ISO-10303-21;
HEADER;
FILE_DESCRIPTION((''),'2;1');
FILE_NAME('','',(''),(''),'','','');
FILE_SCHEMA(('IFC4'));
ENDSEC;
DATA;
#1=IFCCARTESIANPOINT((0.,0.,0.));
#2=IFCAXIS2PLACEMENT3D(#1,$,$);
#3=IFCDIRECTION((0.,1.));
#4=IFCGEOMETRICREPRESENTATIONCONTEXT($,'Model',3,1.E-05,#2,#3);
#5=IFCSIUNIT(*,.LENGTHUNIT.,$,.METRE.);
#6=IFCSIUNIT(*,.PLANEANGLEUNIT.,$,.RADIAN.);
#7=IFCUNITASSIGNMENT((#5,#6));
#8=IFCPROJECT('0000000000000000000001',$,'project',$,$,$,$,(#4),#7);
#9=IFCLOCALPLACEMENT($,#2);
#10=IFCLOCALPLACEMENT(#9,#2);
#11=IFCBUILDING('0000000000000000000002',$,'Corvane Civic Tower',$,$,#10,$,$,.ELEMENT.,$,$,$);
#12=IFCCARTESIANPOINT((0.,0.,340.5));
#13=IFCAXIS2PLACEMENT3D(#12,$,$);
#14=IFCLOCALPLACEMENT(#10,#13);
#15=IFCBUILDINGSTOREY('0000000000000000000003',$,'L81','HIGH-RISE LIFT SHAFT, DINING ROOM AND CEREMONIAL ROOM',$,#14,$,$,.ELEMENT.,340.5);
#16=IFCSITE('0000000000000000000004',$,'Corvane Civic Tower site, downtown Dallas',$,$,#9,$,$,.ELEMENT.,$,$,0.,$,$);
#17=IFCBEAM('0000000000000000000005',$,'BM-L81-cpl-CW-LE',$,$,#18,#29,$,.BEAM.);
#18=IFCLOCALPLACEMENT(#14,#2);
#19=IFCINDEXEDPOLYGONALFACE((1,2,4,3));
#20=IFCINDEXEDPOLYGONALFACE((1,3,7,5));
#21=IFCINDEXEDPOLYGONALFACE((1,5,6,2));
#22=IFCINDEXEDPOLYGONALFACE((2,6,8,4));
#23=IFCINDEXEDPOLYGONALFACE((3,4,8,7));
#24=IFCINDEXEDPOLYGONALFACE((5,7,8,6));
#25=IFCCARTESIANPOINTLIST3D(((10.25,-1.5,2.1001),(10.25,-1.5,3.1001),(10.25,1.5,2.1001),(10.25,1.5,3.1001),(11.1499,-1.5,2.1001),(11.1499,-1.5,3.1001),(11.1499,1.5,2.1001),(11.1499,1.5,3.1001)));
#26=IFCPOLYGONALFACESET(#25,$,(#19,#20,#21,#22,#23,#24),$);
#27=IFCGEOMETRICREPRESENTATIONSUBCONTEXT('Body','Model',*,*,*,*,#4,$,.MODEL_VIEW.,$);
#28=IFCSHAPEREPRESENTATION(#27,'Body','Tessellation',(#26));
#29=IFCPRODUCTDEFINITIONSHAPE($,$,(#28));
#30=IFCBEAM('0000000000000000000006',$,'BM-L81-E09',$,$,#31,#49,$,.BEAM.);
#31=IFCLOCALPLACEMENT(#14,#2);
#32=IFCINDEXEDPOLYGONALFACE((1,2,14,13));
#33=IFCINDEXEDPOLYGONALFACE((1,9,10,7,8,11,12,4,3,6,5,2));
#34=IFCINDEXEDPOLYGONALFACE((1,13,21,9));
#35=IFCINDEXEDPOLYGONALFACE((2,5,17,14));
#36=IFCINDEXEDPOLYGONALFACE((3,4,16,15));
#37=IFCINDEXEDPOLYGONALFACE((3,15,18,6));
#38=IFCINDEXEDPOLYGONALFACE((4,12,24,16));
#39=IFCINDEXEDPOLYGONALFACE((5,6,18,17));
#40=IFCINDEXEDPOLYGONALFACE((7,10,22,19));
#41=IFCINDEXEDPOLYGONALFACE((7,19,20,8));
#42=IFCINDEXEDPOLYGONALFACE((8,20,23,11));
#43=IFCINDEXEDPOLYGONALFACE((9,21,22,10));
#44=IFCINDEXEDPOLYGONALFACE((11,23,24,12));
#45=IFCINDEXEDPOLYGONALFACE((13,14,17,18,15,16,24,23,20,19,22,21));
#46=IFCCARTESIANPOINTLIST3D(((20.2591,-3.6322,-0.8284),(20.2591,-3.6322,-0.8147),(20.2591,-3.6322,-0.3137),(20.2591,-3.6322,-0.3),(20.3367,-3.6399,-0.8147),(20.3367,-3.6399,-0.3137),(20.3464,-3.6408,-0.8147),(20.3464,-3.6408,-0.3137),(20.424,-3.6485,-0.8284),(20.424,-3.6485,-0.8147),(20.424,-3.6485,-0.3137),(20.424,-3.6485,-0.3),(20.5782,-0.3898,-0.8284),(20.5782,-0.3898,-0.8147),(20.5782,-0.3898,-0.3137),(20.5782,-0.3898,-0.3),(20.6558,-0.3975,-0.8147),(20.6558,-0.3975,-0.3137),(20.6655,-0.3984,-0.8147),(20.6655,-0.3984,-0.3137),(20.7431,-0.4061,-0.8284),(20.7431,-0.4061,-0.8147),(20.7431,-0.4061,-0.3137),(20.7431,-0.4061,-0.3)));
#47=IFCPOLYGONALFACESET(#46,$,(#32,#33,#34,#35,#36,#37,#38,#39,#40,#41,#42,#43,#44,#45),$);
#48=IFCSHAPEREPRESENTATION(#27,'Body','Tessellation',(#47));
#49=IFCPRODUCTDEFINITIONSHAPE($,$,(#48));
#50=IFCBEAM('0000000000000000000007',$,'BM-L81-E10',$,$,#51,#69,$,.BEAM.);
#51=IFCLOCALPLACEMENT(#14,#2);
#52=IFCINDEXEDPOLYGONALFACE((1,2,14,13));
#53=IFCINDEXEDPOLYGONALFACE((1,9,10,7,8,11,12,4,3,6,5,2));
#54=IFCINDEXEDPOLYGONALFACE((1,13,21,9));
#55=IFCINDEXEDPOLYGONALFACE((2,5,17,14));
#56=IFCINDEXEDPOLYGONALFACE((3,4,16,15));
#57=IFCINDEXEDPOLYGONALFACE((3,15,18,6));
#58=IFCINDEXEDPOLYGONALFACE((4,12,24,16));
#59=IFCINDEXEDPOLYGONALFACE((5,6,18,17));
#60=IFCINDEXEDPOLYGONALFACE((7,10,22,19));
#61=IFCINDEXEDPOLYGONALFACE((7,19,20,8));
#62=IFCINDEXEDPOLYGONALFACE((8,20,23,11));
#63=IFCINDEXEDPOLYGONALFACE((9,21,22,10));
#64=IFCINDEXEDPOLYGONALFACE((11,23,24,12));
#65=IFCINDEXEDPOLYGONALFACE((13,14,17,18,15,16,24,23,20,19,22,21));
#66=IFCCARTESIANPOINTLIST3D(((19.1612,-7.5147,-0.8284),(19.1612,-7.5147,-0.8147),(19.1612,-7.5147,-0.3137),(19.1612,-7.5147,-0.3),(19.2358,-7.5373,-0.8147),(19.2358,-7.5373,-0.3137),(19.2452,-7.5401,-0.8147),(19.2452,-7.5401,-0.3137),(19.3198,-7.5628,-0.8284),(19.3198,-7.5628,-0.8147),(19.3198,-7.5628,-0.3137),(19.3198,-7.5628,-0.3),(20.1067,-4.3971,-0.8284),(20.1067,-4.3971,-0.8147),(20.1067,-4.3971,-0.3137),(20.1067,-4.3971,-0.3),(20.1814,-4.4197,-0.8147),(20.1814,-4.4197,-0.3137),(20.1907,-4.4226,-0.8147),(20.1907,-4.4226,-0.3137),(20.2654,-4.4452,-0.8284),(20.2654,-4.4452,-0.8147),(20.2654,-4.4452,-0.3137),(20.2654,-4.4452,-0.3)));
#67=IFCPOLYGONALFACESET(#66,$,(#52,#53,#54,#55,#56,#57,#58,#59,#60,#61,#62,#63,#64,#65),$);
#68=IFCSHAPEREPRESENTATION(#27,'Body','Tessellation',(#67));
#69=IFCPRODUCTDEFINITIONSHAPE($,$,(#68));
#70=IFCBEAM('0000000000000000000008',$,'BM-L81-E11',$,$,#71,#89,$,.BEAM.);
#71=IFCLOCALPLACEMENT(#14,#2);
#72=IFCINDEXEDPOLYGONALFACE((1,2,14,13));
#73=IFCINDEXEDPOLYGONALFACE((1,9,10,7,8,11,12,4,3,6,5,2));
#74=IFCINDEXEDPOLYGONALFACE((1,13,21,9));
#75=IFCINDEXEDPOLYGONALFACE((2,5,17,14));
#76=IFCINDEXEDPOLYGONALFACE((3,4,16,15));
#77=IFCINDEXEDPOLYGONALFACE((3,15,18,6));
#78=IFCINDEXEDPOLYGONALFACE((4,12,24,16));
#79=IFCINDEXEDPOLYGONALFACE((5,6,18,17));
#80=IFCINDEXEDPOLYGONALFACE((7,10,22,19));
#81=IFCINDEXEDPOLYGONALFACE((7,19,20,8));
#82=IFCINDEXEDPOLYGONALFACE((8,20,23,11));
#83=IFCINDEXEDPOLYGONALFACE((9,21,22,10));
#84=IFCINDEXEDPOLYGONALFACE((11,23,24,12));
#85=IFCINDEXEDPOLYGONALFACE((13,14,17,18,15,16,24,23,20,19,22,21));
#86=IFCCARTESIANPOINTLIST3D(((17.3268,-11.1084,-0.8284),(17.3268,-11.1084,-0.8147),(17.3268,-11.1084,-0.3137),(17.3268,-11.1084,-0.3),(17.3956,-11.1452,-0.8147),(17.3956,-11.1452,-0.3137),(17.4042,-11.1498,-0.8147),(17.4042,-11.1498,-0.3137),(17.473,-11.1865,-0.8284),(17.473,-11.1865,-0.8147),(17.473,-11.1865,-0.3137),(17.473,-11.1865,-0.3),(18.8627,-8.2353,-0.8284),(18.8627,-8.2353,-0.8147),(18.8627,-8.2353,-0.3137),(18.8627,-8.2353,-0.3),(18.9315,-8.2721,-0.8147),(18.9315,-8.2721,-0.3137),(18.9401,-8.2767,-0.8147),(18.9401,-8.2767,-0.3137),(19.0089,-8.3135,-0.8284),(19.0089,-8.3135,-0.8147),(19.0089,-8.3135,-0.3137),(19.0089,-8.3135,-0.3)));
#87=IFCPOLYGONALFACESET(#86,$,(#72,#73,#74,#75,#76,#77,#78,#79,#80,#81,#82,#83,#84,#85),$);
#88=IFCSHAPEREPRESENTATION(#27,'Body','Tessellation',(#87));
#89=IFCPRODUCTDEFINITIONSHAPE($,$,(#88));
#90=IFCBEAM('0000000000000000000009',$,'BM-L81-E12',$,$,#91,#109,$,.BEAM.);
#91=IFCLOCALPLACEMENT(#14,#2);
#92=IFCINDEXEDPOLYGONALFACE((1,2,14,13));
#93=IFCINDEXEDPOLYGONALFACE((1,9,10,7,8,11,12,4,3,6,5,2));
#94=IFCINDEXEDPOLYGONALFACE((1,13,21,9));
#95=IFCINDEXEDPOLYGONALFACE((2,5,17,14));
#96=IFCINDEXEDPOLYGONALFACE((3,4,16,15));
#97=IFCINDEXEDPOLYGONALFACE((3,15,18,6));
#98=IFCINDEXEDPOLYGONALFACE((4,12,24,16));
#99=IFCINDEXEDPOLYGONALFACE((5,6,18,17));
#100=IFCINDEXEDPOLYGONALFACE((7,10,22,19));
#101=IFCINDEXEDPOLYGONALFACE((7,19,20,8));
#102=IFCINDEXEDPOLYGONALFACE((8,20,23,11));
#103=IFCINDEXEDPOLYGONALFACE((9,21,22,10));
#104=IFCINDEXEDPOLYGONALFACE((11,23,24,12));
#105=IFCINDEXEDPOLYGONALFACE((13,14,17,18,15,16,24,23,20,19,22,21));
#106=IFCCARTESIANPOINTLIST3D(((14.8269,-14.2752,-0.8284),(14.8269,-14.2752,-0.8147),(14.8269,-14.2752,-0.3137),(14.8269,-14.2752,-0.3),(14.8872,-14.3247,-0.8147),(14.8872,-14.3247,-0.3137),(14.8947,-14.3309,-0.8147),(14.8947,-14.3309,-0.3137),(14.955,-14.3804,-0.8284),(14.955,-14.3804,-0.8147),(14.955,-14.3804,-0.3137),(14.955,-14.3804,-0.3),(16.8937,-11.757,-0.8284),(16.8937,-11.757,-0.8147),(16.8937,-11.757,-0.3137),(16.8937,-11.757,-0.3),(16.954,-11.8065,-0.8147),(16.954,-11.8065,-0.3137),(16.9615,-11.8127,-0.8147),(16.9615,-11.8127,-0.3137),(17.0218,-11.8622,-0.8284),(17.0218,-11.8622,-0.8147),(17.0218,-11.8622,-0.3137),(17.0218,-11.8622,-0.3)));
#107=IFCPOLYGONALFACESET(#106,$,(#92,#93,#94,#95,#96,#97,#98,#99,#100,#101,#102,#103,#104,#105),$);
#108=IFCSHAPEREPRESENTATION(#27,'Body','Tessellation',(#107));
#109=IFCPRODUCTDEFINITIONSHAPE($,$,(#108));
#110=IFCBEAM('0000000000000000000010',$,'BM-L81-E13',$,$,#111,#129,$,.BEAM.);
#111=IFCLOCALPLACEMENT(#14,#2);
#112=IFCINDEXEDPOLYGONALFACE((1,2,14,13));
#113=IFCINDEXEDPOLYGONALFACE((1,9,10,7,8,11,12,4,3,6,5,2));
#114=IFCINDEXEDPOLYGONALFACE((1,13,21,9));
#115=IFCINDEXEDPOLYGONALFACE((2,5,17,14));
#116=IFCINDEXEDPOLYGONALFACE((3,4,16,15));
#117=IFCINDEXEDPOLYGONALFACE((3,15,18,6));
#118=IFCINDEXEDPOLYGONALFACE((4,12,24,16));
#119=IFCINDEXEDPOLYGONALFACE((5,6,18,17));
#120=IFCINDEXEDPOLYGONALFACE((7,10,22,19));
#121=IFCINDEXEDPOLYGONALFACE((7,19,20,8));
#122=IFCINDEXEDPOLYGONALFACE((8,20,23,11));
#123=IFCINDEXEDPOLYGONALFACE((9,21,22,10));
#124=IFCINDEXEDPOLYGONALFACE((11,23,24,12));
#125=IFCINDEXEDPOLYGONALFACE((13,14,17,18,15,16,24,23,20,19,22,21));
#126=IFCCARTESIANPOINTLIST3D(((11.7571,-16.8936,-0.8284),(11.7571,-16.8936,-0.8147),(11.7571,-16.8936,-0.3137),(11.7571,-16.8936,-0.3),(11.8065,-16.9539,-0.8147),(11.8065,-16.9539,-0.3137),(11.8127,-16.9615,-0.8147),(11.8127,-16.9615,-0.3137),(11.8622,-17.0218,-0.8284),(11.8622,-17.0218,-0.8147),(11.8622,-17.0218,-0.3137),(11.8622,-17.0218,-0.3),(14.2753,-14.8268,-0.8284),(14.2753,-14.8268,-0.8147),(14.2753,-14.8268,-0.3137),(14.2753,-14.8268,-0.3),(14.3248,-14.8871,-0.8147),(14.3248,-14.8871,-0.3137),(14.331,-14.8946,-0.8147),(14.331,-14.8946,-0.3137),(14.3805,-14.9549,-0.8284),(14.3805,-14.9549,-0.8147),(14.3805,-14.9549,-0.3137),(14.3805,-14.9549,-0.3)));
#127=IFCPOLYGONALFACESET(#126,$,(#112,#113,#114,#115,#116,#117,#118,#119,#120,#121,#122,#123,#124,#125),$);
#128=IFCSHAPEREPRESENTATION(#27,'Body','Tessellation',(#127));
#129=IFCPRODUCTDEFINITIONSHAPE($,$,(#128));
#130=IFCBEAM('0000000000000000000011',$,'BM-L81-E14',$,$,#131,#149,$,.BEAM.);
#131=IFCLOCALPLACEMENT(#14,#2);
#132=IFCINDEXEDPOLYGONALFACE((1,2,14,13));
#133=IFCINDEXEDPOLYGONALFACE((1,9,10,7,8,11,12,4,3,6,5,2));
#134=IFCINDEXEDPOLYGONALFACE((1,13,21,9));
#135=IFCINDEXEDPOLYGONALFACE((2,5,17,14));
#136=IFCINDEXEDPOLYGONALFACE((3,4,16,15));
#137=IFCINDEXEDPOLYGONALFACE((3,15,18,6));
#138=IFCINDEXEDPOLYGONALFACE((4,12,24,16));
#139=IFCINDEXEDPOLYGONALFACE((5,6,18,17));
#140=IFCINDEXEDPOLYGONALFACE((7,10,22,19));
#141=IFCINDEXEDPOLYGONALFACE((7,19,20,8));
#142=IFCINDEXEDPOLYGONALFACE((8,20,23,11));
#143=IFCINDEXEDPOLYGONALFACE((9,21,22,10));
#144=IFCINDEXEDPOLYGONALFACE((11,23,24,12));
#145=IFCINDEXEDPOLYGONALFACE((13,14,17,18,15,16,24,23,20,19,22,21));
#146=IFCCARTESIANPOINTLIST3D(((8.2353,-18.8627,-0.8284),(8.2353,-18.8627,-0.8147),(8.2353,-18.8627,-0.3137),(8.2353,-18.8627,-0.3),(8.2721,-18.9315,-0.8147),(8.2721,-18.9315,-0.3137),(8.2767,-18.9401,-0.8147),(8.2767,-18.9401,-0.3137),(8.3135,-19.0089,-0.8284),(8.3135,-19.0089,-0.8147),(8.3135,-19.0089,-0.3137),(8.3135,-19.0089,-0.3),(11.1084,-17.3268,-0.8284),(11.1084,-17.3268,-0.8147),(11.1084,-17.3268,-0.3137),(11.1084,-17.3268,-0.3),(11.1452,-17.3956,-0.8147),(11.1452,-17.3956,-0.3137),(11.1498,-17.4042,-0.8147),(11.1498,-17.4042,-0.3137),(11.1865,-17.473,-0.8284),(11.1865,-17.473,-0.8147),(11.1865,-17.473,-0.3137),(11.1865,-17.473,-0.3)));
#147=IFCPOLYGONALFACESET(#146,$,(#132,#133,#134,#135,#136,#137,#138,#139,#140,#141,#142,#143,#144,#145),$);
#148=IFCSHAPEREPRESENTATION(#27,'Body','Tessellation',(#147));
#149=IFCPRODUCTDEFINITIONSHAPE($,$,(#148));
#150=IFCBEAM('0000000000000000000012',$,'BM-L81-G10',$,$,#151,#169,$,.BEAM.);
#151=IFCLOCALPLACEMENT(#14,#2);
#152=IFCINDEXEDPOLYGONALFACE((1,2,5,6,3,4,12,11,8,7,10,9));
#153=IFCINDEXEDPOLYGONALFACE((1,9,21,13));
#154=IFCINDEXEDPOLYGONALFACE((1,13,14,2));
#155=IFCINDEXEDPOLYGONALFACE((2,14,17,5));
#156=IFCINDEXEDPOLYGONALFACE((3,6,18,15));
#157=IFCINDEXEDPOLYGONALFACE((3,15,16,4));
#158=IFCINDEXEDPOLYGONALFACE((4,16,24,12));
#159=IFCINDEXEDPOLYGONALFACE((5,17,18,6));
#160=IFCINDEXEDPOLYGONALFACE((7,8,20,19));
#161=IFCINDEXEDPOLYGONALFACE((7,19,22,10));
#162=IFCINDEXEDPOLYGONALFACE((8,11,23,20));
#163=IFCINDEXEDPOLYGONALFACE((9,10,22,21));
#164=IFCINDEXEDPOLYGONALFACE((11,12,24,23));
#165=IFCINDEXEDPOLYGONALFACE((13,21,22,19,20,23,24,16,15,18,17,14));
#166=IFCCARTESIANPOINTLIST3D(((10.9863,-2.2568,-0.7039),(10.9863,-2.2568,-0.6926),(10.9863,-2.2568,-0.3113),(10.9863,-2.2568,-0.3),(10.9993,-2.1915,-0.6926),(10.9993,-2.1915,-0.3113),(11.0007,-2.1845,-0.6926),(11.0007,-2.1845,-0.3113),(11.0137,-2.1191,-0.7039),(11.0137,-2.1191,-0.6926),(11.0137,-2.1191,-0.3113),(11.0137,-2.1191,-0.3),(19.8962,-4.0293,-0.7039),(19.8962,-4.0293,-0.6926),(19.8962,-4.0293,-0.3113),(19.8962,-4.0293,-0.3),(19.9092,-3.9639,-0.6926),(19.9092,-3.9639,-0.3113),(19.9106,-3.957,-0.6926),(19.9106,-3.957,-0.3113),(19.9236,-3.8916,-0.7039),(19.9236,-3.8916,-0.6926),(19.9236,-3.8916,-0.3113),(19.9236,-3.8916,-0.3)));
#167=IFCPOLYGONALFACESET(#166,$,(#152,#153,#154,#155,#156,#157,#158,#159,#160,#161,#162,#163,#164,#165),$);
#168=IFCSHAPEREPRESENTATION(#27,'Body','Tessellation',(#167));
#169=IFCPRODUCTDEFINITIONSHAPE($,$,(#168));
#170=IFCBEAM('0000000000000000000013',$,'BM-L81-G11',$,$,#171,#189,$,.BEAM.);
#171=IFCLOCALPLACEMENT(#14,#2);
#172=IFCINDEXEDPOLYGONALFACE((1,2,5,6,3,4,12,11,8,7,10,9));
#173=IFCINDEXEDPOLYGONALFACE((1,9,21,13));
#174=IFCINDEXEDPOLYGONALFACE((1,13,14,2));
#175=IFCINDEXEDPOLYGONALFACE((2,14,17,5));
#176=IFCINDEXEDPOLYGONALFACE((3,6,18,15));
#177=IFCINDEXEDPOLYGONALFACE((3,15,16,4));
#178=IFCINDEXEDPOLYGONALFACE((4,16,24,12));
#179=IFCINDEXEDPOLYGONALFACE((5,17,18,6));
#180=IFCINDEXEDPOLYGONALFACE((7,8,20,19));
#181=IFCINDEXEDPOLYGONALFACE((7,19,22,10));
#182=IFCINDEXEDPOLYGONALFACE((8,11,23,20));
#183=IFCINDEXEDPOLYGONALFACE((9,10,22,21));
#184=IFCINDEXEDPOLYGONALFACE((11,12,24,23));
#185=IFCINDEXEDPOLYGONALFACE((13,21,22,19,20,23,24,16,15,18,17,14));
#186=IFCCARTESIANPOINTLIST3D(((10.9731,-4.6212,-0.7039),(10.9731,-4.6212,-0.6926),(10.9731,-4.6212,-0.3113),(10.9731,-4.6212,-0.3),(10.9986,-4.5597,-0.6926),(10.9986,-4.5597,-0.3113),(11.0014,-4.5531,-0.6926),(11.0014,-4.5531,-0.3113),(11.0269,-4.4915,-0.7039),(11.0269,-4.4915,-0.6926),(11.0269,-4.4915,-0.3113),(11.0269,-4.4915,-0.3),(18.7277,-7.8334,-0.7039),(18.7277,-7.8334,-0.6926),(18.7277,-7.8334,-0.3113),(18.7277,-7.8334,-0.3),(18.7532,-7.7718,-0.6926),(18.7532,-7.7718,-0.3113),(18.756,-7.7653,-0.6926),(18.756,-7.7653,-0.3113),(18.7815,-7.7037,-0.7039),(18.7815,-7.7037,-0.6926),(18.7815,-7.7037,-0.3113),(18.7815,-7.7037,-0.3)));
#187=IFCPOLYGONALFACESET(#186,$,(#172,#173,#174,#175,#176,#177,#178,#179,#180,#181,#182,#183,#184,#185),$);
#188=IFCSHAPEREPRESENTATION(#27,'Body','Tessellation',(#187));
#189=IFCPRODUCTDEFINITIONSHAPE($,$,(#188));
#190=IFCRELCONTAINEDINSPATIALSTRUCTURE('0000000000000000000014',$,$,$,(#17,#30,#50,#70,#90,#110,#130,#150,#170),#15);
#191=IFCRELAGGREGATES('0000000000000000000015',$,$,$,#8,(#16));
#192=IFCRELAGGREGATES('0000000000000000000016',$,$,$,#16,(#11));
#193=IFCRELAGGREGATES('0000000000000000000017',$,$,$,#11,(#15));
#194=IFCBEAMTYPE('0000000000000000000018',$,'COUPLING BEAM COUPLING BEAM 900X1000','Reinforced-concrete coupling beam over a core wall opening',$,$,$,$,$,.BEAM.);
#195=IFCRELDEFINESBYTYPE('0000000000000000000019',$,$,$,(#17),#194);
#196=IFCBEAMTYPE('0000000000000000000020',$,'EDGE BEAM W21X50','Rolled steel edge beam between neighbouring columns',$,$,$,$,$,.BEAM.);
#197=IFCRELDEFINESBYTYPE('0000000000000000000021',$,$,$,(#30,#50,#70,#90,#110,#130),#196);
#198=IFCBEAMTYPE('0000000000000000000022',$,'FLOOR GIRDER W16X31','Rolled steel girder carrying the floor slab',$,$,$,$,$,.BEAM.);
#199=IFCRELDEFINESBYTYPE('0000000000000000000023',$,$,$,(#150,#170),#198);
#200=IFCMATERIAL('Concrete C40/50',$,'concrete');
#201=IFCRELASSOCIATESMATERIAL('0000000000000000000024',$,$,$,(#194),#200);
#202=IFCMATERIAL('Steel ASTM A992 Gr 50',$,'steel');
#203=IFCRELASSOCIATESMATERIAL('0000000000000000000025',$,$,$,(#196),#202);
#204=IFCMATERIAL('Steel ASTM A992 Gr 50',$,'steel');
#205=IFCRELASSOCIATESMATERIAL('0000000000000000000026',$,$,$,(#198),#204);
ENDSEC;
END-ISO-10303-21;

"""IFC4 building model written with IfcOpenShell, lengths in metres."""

from ifc_helpers import new_model, si_unit, direction, frame, origin, origin_2d, place, context, subcontext, project, spatial, rectangle, i_section, extrude, material, material_profile, profile_set, type_object, element, save


model = new_model("IFC4")

# Units and contexts
model_context = context("Model", 3, precision=1e-05, world=origin(), true_north=direction((0.0, 1.0)))
body_context = subcontext(model_context, "Body", "Model", "MODEL_VIEW")
ifc_project = project(units=[si_unit("LENGTHUNIT", "METRE"), si_unit("PLANEANGLEUNIT", "RADIAN")], contexts=[model_context])

# Site, building, storey
site_placement = place(None, origin())
site = spatial("IfcSite", under=ifc_project, at=site_placement, Name="Corvane Civic Tower site, downtown Dallas", CompositionType="ELEMENT", RefElevation=0.0)
building_placement = place(site_placement, origin())
building = spatial("IfcBuilding", under=site, at=building_placement, Name="Corvane Civic Tower", CompositionType="ELEMENT")
storey_placement = place(building_placement, frame((0.0, 0.0, 340.5)))
storey = spatial("IfcBuildingStorey", under=building, at=storey_placement, Name="L81", Description="HIGH-RISE LIFT SHAFT, DINING ROOM AND CEREMONIAL ROOM", CompositionType="ELEMENT", Elevation=340.5)

# Beams
ifc_material_1 = material(Name="Concrete C40/50", Category="concrete")
ifc_material_profile_1 = material_profile(ifc_material_1, rectangle(XDim=0.8999, YDim=1.0, at=origin_2d()), Name="COUPLING BEAM 900X1000")
ifc_profile_set_1 = profile_set([ifc_material_profile_1], Name="Concrete C40/50")
beam_type_1 = type_object("IfcBeamType", Name="COUPLING BEAM COUPLING BEAM 900X1000", Description="Reinforced-concrete coupling beam over a core wall opening", PredefinedType="BEAM", material=ifc_profile_set_1)
beam_1_placement = place(storey_placement, frame((10.7, -1.5, 2.6001), z_axis=(0.0, 1.0, 0.0), x_axis=(-1.0, 0.0, 0.0)))
element("IfcBeam", 1, at=beam_1_placement, inside=storey, type_object=beam_type_1, Name="BM-L81-cpl-CW-LE", PredefinedType="BEAM", context=body_context, shape_type="SweptSolid", body=[
    extrude(rectangle(XDim=0.8999, YDim=1.0, at=origin_2d()), origin(), (0.0, 0.0, 1.0), 3.0),
])
ifc_material_2 = material(Name="Steel ASTM A992 Gr 50", Category="steel")
ifc_material_profile_2 = material_profile(ifc_material_2, i_section(OverallWidth=0.1658, OverallDepth=0.5283, WebThickness=0.0098, FlangeThickness=0.0137, at=origin_2d()), Name="W21X50")
ifc_profile_set_2 = profile_set([ifc_material_profile_2], Name="Steel ASTM A992 Gr 50")
beam_type_2 = type_object("IfcBeamType", Name="EDGE BEAM W21X50", Description="Rolled steel edge beam between neighbouring columns", PredefinedType="BEAM", material=ifc_profile_set_2)
beam_2_placement = place(storey_placement, frame((20.6606, -0.3979, -0.5642), z_axis=(-0.097938, -0.995193, 0.0), x_axis=(0.995193, -0.097938, 0.0)))
element("IfcBeam", 2, at=beam_2_placement, inside=storey, type_object=beam_type_2, Name="BM-L81-E09", PredefinedType="BEAM", context=body_context, shape_type="SweptSolid", body=[
    extrude(i_section(OverallWidth=0.1658, OverallDepth=0.5283, WebThickness=0.0098, FlangeThickness=0.0137, at=origin_2d()), origin(), (0.0, 0.0, 1.0), 3.2581),
])
for number, where, z_axis, x_axis, name in (
    (3, (20.186, -4.4211, -0.5642), (-0.290234, -0.956956, 0.0), (0.956956, -0.290234, 0.0), "BM-L81-E10"),
    (4, (18.9358, -8.2744, -0.5642), (-0.471448, -0.881894, 0.0), (0.881894, -0.471448, 0.0), "BM-L81-E11"),
    (5, (16.9578, -11.8096, -0.5642), (-0.634425, -0.772985, 0.0), (0.772985, -0.634425, 0.0), "BM-L81-E12"),
    (6, (14.3279, -14.8909, -0.5642), (-0.772985, -0.634425, 0.0), (0.634425, -0.772985, 0.0), "BM-L81-E13"),
    (7, (11.1475, -17.3999, -0.5642), (-0.881894, -0.471448, 0.0), (0.471448, -0.881894, 0.0), "BM-L81-E14"),
):
    element("IfcBeam", number, at=place(storey_placement, frame(where, z_axis=z_axis, x_axis=x_axis)), inside=storey, type_object=beam_type_2, Name=name, PredefinedType="BEAM", context=body_context, shape_type="SweptSolid", body=[
        extrude(i_section(OverallWidth=0.1658, OverallDepth=0.5283, WebThickness=0.0098, FlangeThickness=0.0137, at=origin_2d()), origin(), (0.0, 0.0, 1.0), 3.2578),
    ])
ifc_material_3 = material(Name="Steel ASTM A992 Gr 50", Category="steel")
ifc_material_profile_3 = material_profile(ifc_material_3, i_section(OverallWidth=0.1404, OverallDepth=0.4038, WebThickness=0.0071, FlangeThickness=0.0112, at=origin_2d()), Name="W16X31")
ifc_profile_set_3 = profile_set([ifc_material_profile_3], Name="Steel ASTM A992 Gr 50")
beam_type_3 = type_object("IfcBeamType", Name="FLOOR GIRDER W16X31", Description="Rolled steel girder carrying the floor slab", PredefinedType="BEAM", material=ifc_profile_set_3)
beam_3_placement = place(storey_placement, frame((11.0, -2.188, -0.502), z_axis=(0.980782, -0.195108, 0.0), x_axis=(0.195108, 0.980782, 0.0)))
element("IfcBeam", 8, at=beam_3_placement, inside=storey, type_object=beam_type_3, Name="BM-L81-G10", PredefinedType="BEAM", context=body_context, shape_type="SweptSolid", body=[
    extrude(i_section(OverallWidth=0.1404, OverallDepth=0.4038, WebThickness=0.0071, FlangeThickness=0.0112, at=origin_2d()), origin(), (0.0, 0.0, 1.0), 9.0845),
])
beam_4_placement = place(storey_placement, frame((11.0, -4.5564, -0.502), z_axis=(0.923876, -0.382692, 0.0), x_axis=(0.382692, 0.923876, 0.0)))
element("IfcBeam", 9, at=beam_4_placement, inside=storey, type_object=beam_type_3, Name="BM-L81-G11", PredefinedType="BEAM", context=body_context, shape_type="SweptSolid", body=[
    extrude(i_section(OverallWidth=0.1404, OverallDepth=0.4038, WebThickness=0.0071, FlangeThickness=0.0112, at=origin_2d()), origin(), (0.0, 0.0, 1.0), 8.3936),
])

save(model, "model.ifc")
